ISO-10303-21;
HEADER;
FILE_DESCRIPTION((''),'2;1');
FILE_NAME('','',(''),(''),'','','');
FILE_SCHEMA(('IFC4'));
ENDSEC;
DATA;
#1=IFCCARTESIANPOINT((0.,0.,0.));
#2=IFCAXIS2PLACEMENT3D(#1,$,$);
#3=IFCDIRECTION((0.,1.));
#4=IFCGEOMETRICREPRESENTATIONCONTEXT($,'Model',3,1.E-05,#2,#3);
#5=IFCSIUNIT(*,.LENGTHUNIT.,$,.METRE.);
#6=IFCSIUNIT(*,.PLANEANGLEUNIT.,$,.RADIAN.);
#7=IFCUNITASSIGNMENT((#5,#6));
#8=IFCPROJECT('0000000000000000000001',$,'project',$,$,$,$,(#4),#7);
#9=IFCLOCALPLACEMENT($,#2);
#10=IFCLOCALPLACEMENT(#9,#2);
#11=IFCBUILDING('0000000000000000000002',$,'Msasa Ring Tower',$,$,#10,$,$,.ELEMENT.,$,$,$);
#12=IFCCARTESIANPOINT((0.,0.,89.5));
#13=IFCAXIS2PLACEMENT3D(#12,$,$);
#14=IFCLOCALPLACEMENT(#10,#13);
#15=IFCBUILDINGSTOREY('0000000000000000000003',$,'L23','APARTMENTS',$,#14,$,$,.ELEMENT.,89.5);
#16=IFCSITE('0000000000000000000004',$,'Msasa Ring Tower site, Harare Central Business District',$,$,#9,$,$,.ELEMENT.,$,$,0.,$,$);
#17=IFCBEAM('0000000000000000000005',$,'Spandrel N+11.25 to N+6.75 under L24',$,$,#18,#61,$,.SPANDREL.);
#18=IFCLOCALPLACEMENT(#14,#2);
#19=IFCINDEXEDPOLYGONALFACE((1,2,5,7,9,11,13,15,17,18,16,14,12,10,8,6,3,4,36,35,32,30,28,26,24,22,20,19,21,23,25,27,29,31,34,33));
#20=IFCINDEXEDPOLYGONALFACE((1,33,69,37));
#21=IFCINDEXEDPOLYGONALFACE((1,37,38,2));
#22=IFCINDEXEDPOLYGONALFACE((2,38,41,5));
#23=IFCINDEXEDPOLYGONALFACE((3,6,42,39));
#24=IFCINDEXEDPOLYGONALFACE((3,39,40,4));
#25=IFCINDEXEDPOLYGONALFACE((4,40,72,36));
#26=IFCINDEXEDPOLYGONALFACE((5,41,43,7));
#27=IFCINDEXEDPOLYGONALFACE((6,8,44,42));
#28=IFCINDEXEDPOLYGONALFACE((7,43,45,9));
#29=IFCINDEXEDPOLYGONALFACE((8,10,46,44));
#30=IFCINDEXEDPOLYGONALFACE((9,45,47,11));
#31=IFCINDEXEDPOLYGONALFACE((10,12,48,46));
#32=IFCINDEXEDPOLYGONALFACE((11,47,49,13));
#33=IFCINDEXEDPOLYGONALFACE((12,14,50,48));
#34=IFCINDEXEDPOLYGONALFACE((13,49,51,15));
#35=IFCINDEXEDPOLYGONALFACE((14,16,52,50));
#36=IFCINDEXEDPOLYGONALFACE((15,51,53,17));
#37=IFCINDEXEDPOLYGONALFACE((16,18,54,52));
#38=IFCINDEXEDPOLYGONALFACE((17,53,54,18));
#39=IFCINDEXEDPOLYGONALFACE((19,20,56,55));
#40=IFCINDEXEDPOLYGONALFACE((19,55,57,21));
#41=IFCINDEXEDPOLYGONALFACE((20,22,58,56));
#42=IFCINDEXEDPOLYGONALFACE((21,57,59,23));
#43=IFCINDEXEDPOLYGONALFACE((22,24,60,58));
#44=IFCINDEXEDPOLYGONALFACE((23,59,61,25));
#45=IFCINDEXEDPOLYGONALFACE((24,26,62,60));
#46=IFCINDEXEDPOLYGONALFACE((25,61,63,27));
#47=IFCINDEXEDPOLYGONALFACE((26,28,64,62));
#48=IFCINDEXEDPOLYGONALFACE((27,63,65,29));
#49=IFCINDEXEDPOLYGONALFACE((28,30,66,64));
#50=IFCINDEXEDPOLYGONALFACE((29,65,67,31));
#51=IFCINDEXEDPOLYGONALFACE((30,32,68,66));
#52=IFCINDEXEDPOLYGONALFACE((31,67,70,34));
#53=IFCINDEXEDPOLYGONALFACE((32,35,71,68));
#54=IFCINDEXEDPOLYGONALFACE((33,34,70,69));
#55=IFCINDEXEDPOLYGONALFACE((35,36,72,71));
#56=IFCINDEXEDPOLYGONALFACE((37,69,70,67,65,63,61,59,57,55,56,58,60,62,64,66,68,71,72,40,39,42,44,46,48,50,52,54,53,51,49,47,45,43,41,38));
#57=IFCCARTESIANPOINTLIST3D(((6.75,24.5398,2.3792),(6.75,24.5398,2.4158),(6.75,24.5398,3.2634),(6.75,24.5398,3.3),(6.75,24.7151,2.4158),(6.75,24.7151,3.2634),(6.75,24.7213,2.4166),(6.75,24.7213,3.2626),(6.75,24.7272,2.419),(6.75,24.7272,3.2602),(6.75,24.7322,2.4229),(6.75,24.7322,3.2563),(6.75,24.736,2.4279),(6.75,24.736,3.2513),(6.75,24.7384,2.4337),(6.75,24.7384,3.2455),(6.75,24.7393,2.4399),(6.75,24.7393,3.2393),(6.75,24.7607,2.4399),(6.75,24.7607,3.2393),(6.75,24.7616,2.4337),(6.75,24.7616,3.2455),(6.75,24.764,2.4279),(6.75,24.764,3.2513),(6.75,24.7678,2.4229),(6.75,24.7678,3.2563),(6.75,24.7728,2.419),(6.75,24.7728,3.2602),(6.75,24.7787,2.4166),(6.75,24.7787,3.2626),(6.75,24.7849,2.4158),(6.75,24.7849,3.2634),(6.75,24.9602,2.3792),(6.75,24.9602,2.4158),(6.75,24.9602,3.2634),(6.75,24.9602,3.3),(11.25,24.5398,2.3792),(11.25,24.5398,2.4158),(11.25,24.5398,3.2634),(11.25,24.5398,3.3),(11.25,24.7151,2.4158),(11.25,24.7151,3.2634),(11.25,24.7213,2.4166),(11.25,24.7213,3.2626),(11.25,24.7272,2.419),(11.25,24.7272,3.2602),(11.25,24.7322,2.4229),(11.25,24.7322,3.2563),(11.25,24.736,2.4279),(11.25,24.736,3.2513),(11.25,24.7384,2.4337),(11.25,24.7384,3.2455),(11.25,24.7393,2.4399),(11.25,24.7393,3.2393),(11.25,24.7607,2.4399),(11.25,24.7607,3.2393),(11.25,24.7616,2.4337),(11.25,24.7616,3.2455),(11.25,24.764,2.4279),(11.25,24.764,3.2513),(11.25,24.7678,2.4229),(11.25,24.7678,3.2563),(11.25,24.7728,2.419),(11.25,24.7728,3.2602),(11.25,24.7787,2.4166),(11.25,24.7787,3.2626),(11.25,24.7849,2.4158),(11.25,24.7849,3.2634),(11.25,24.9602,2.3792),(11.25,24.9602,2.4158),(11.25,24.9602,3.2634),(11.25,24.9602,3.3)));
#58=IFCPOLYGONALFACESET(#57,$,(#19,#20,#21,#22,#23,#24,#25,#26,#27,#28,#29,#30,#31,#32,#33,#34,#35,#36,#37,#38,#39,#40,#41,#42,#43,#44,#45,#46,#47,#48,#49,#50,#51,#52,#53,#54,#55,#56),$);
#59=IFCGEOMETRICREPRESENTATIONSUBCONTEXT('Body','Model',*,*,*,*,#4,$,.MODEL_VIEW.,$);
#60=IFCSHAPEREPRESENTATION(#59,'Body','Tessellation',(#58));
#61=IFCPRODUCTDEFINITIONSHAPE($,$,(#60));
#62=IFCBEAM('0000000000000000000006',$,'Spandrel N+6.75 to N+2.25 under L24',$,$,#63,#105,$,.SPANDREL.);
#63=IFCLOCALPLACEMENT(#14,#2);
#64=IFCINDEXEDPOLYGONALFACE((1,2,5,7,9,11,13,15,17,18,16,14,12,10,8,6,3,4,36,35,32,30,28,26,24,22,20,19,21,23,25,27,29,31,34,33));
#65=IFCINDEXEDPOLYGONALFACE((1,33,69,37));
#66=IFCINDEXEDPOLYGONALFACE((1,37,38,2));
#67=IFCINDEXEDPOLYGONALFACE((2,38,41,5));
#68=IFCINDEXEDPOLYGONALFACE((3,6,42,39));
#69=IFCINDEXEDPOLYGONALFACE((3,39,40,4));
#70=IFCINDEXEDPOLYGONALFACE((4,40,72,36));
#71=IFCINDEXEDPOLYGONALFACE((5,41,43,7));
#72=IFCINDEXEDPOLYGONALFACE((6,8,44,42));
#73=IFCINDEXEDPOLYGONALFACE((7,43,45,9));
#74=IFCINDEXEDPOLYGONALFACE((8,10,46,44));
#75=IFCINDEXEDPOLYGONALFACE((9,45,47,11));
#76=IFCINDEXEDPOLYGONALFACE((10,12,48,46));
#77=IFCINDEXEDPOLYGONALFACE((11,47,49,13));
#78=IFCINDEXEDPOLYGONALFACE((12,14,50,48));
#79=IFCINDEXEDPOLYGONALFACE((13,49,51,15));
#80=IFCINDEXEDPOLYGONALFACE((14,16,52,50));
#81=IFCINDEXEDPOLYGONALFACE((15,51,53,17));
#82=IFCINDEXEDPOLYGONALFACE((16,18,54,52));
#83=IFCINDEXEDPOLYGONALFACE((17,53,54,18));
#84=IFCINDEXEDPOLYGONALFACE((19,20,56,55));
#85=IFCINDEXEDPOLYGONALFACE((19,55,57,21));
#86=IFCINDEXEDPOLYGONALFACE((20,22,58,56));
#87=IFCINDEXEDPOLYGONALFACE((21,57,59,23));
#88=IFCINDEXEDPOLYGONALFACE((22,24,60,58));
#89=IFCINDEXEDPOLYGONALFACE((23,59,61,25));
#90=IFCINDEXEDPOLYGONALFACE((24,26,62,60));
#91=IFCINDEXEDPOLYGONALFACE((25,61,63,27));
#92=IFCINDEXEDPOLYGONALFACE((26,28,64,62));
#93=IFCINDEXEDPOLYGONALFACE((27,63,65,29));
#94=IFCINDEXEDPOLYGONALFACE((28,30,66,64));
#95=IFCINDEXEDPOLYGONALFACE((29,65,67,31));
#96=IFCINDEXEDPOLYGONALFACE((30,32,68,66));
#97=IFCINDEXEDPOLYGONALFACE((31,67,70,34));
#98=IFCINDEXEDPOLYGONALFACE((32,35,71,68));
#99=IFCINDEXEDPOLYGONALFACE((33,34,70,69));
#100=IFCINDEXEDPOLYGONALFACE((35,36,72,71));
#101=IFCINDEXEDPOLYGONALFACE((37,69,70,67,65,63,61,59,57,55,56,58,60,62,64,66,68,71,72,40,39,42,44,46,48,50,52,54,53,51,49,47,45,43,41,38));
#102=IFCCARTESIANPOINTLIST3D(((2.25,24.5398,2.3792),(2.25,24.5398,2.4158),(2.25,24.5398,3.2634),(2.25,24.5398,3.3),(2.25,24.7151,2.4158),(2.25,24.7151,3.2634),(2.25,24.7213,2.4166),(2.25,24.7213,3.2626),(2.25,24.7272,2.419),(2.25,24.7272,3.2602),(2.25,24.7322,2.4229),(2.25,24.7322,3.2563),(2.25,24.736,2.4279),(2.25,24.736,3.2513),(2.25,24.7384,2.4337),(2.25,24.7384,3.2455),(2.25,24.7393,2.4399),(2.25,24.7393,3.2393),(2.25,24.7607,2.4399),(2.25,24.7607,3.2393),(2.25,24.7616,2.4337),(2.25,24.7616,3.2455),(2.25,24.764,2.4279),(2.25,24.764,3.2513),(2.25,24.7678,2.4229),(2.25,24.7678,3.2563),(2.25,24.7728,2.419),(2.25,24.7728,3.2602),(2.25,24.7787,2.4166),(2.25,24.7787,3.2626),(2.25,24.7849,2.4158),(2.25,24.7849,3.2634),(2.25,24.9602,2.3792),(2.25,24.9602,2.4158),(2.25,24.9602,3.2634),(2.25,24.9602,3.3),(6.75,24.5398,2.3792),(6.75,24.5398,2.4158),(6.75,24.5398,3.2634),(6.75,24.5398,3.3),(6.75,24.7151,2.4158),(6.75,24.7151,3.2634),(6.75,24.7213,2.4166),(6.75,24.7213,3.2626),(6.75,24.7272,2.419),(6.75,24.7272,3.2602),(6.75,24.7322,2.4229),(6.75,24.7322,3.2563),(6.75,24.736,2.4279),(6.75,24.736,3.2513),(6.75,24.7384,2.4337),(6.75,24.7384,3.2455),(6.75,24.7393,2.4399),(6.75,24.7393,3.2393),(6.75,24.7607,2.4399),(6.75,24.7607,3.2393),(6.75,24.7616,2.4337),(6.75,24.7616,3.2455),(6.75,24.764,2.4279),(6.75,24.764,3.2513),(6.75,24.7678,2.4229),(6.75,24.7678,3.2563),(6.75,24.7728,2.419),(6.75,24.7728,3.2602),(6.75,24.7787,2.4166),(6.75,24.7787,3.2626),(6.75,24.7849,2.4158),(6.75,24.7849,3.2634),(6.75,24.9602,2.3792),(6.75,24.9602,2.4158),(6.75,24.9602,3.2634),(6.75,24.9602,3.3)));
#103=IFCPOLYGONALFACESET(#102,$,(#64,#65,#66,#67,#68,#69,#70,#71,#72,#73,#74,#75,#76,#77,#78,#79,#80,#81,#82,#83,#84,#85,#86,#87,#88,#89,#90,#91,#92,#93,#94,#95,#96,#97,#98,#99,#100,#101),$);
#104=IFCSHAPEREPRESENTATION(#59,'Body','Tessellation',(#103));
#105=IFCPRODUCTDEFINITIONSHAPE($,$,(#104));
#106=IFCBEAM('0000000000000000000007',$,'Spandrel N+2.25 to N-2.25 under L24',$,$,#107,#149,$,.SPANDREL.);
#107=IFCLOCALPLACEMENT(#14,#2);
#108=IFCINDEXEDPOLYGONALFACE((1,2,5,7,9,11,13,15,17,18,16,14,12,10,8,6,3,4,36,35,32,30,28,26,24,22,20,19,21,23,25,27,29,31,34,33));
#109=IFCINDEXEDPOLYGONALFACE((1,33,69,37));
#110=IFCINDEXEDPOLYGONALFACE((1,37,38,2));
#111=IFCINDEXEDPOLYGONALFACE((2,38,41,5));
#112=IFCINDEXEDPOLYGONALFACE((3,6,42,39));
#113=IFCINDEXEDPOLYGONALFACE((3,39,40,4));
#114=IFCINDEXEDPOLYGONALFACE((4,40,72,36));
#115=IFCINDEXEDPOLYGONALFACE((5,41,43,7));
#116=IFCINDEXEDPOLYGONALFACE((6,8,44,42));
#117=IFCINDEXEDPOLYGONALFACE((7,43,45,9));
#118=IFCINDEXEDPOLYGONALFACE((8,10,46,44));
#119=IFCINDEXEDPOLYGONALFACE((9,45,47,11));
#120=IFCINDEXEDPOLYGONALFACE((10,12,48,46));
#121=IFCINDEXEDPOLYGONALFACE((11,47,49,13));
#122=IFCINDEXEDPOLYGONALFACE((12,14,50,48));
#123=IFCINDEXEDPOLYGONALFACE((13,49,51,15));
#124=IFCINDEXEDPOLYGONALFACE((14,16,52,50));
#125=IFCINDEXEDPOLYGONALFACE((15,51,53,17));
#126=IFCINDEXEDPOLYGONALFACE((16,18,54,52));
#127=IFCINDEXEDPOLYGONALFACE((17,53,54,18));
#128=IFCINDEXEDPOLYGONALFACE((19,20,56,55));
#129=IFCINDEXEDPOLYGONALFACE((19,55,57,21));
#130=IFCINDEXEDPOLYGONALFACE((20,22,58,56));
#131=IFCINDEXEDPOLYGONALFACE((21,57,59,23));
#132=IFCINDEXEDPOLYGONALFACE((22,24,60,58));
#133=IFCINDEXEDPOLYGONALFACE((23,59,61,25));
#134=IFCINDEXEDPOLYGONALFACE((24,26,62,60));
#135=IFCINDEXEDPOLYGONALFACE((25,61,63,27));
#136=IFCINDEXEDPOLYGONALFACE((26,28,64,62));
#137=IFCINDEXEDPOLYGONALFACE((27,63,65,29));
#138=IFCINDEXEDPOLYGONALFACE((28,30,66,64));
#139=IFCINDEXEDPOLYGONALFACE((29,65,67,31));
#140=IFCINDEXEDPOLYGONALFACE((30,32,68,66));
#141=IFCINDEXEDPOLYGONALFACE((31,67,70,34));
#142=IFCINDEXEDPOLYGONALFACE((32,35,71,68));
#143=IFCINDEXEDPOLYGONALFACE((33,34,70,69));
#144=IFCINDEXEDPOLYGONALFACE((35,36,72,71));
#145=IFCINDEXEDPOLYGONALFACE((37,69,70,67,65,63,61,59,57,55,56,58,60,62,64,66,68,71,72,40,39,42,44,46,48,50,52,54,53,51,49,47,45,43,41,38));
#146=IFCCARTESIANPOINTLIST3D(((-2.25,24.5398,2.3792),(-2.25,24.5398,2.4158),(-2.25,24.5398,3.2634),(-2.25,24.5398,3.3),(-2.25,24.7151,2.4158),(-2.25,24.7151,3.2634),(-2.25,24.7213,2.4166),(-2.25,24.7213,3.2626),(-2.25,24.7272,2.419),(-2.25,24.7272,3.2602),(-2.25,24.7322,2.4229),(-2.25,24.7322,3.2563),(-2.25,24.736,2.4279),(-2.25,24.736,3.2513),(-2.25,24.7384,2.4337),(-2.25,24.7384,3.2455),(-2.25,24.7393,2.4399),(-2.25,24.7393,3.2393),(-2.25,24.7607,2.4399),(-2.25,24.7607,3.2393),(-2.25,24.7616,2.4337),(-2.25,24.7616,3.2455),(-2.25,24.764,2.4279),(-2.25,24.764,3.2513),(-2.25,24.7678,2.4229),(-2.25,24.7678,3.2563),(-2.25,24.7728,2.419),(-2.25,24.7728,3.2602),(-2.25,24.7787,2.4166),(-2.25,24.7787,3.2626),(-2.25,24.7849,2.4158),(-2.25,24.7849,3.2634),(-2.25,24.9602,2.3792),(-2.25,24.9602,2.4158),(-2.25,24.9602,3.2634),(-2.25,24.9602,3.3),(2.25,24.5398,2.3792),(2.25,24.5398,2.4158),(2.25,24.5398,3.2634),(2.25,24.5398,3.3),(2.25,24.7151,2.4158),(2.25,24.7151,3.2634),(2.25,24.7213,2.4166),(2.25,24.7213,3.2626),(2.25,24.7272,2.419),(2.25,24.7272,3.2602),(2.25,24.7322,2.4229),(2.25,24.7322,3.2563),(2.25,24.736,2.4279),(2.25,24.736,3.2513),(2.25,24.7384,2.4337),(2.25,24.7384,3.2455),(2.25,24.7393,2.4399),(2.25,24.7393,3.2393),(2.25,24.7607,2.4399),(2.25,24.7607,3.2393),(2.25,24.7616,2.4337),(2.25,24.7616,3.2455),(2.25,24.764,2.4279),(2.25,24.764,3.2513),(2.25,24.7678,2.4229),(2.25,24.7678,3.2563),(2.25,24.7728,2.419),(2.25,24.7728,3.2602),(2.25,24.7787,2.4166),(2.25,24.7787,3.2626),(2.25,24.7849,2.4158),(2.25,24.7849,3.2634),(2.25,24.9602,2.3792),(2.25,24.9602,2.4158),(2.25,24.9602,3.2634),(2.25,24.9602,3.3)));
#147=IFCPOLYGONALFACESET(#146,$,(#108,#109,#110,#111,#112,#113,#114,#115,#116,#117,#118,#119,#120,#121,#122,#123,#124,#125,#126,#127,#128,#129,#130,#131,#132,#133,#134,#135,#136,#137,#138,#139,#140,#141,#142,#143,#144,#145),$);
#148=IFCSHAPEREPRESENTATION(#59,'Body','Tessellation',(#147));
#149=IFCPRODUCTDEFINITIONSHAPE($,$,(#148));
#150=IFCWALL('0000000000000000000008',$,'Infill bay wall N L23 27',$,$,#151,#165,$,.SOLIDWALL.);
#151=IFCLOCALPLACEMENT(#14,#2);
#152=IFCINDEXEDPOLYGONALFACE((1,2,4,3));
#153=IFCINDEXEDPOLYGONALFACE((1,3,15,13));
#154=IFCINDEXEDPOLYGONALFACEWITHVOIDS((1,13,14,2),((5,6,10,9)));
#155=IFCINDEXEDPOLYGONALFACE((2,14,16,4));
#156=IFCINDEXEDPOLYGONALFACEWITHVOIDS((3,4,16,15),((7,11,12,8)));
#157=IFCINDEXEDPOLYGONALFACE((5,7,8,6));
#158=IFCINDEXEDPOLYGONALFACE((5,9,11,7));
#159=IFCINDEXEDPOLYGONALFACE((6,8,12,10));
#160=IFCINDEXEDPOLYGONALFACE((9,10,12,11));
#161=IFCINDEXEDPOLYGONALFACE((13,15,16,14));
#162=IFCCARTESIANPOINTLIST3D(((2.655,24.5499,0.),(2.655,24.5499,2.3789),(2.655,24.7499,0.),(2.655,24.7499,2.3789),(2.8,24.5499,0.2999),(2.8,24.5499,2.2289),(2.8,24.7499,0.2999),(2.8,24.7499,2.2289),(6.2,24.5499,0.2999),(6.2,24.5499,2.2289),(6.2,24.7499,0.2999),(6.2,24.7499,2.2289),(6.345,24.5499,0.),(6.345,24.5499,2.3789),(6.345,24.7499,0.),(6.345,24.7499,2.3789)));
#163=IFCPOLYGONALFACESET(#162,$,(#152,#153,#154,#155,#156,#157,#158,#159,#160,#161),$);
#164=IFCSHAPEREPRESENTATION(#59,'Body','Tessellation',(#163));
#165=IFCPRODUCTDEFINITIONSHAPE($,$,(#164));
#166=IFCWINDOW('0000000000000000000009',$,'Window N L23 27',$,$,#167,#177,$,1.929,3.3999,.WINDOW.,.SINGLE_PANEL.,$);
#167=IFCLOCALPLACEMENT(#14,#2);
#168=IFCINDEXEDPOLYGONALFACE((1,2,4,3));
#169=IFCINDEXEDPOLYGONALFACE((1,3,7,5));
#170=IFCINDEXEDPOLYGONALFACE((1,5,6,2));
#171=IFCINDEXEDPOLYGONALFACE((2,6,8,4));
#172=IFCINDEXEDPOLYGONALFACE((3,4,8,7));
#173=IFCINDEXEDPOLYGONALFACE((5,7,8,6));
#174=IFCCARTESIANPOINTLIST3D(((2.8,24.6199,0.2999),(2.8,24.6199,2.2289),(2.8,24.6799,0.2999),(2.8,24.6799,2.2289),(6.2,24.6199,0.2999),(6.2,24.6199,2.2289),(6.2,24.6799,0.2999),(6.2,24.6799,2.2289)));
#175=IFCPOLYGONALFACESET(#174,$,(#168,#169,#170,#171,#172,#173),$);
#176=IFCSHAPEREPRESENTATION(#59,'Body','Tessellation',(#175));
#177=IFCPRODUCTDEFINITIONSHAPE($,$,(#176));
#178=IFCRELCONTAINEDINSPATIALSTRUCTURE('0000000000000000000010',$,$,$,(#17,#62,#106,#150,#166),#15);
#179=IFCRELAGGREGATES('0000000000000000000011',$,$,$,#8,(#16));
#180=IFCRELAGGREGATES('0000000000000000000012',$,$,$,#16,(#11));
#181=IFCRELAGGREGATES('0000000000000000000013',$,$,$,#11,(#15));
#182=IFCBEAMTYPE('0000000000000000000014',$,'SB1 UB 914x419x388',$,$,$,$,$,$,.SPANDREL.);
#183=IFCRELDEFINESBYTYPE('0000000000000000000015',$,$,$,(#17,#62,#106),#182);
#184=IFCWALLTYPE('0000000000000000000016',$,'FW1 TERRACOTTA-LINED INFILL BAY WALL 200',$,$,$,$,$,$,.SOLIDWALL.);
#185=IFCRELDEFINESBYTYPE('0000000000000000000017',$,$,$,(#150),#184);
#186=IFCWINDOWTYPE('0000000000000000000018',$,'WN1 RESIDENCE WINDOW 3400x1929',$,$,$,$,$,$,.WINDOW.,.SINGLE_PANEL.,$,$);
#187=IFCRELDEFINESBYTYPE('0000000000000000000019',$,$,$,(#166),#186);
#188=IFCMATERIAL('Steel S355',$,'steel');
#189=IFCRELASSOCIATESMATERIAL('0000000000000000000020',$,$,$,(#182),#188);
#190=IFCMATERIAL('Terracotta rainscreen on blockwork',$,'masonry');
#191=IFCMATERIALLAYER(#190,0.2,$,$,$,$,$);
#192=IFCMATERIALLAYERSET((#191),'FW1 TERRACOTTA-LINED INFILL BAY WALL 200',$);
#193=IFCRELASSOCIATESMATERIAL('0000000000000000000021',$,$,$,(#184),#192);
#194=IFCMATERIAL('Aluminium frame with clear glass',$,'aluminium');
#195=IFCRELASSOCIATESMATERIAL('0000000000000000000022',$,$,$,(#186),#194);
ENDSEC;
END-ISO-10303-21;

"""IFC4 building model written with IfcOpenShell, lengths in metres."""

from ifc_helpers import new_model, si_unit, direction, frame, frame_2d, origin, origin_2d, place, context, subcontext, project, spatial, rectangle, i_section, extrude, material, layer, layer_set, material_profile, profile_set, type_object, element, fill, save


model = new_model("IFC4")

# Units and contexts
model_context = context("Model", 3, precision=1e-05, world=origin(), true_north=direction((0.0, 1.0)))
body_context = subcontext(model_context, "Body", "Model", "MODEL_VIEW")
ifc_project = project(units=[si_unit("LENGTHUNIT", "METRE"), si_unit("PLANEANGLEUNIT", "RADIAN")], contexts=[model_context])

# Site, building, storey
site_placement = place(None, origin())
site = spatial("IfcSite", under=ifc_project, at=site_placement, Name="Msasa Ring Tower site, Harare Central Business District", CompositionType="ELEMENT", RefElevation=0.0)
building_placement = place(site_placement, origin())
building = spatial("IfcBuilding", under=site, at=building_placement, Name="Msasa Ring Tower", CompositionType="ELEMENT")
storey_placement = place(building_placement, frame((0.0, 0.0, 89.5)))
storey = spatial("IfcBuildingStorey", under=building, at=storey_placement, Name="L23", Description="APARTMENTS", CompositionType="ELEMENT", Elevation=89.5)

# Beams
ifc_material_1 = material(Name="Steel S355", Category="steel")
ifc_material_profile_1 = material_profile(ifc_material_1, i_section(OverallWidth=0.4204, OverallDepth=0.9209, WebThickness=0.0215, FlangeThickness=0.0366, FilletRadius=0.0242, at=origin_2d()), Name="UB 914x419x388")
ifc_profile_set_1 = profile_set([ifc_material_profile_1], Name="Steel S355")
beam_type_1 = type_object("IfcBeamType", Name="SB1 UB 914x419x388", PredefinedType="SPANDREL", material=ifc_profile_set_1)
for number, where, z_axis, x_axis, name in (
    (1, (11.25, 24.75, 2.8396), (-1.0, 0.0, 0.0), (0.0, -1.0, 0.0), "Spandrel N+11.25 to N+6.75 under L24"),
    (2, (6.75, 24.75, 2.8396), (-1.0, 0.0, 0.0), (0.0, -1.0, 0.0), "Spandrel N+6.75 to N+2.25 under L24"),
    (3, (2.25, 24.75, 2.8396), (-1.0, 0.0, 0.0), (0.0, -1.0, 0.0), "Spandrel N+2.25 to N-2.25 under L24"),
):
    element("IfcBeam", number, at=place(storey_placement, frame(where, z_axis=z_axis, x_axis=x_axis)), inside=storey, type_object=beam_type_1, Name=name, PredefinedType="SPANDREL", context=body_context, shape_type="SweptSolid", body=[
        extrude(i_section(OverallWidth=0.4204, OverallDepth=0.9209, WebThickness=0.0215, FlangeThickness=0.0366, FilletRadius=0.0242, at=origin_2d()), origin(), (0.0, 0.0, 1.0), 4.5),
    ])

# Wall, opening, window
ifc_material_2 = material(Name="Terracotta rainscreen on blockwork", Category="masonry")
ifc_layer_1 = layer(ifc_material_2, 0.2)
ifc_layer_set_1 = layer_set([ifc_layer_1], Name="FW1 TERRACOTTA-LINED INFILL BAY WALL 200")
wall_type_1 = type_object("IfcWallType", Name="FW1 TERRACOTTA-LINED INFILL BAY WALL 200", PredefinedType="SOLIDWALL", material=ifc_layer_set_1)
wall_1_placement = place(storey_placement, frame((2.655, 24.6499, 0.0), z_axis=(0.0, 0.0, 1.0), x_axis=(1.0, 0.0, 0.0)))
wall_1 = element("IfcWall", 4, at=wall_1_placement, inside=storey, type_object=wall_type_1, Name="Infill bay wall N L23 27", PredefinedType="SOLIDWALL", context=body_context, shape_type="SweptSolid", body=[
    extrude(rectangle(XDim=3.6899, YDim=0.2, at=frame_2d((1.845, 0.0))), origin(), (0.0, 0.0, 1.0), 2.3789),
])
opening_1_placement = place(wall_1_placement, frame((0.145, 0.0, 0.3)))
opening_1 = element("IfcOpeningElement", 5, at=opening_1_placement, cuts=wall_1, PredefinedType="OPENING", context=body_context, shape_type="SweptSolid", body=[
    extrude(rectangle(XDim=3.3999, YDim=1.929, at=frame_2d((1.7, 0.9644))), frame((0.0, 0.1099, 0.0), z_axis=(0.0, -1.0, 0.0), x_axis=(1.0, 0.0, 0.0)), (0.0, 0.0, 1.0), 0.22),
])
ifc_material_3 = material(Name="Aluminium frame with clear glass", Category="aluminium")
window_type = type_object("IfcWindowType", Name="WN1 RESIDENCE WINDOW 3400x1929", PartitioningType="SINGLE_PANEL", PredefinedType="WINDOW", material=ifc_material_3)
window_1_placement = place(opening_1_placement, origin())
window_1 = element("IfcWindow", 6, at=window_1_placement, inside=storey, type_object=window_type, Name="Window N L23 27", OverallHeight=1.929, OverallWidth=3.3999, PartitioningType="SINGLE_PANEL", PredefinedType="WINDOW", context=body_context, shape_type="SweptSolid", body=[
    extrude(rectangle(XDim=3.3999, YDim=1.929, at=frame_2d((1.7, 0.9644))), frame((0.0, 0.03, 0.0), z_axis=(0.0, -1.0, 0.0), x_axis=(1.0, 0.0, 0.0)), (0.0, 0.0, 1.0), 0.0601),
])
fill(opening_1, window_1)

save(model, "model.ifc")
